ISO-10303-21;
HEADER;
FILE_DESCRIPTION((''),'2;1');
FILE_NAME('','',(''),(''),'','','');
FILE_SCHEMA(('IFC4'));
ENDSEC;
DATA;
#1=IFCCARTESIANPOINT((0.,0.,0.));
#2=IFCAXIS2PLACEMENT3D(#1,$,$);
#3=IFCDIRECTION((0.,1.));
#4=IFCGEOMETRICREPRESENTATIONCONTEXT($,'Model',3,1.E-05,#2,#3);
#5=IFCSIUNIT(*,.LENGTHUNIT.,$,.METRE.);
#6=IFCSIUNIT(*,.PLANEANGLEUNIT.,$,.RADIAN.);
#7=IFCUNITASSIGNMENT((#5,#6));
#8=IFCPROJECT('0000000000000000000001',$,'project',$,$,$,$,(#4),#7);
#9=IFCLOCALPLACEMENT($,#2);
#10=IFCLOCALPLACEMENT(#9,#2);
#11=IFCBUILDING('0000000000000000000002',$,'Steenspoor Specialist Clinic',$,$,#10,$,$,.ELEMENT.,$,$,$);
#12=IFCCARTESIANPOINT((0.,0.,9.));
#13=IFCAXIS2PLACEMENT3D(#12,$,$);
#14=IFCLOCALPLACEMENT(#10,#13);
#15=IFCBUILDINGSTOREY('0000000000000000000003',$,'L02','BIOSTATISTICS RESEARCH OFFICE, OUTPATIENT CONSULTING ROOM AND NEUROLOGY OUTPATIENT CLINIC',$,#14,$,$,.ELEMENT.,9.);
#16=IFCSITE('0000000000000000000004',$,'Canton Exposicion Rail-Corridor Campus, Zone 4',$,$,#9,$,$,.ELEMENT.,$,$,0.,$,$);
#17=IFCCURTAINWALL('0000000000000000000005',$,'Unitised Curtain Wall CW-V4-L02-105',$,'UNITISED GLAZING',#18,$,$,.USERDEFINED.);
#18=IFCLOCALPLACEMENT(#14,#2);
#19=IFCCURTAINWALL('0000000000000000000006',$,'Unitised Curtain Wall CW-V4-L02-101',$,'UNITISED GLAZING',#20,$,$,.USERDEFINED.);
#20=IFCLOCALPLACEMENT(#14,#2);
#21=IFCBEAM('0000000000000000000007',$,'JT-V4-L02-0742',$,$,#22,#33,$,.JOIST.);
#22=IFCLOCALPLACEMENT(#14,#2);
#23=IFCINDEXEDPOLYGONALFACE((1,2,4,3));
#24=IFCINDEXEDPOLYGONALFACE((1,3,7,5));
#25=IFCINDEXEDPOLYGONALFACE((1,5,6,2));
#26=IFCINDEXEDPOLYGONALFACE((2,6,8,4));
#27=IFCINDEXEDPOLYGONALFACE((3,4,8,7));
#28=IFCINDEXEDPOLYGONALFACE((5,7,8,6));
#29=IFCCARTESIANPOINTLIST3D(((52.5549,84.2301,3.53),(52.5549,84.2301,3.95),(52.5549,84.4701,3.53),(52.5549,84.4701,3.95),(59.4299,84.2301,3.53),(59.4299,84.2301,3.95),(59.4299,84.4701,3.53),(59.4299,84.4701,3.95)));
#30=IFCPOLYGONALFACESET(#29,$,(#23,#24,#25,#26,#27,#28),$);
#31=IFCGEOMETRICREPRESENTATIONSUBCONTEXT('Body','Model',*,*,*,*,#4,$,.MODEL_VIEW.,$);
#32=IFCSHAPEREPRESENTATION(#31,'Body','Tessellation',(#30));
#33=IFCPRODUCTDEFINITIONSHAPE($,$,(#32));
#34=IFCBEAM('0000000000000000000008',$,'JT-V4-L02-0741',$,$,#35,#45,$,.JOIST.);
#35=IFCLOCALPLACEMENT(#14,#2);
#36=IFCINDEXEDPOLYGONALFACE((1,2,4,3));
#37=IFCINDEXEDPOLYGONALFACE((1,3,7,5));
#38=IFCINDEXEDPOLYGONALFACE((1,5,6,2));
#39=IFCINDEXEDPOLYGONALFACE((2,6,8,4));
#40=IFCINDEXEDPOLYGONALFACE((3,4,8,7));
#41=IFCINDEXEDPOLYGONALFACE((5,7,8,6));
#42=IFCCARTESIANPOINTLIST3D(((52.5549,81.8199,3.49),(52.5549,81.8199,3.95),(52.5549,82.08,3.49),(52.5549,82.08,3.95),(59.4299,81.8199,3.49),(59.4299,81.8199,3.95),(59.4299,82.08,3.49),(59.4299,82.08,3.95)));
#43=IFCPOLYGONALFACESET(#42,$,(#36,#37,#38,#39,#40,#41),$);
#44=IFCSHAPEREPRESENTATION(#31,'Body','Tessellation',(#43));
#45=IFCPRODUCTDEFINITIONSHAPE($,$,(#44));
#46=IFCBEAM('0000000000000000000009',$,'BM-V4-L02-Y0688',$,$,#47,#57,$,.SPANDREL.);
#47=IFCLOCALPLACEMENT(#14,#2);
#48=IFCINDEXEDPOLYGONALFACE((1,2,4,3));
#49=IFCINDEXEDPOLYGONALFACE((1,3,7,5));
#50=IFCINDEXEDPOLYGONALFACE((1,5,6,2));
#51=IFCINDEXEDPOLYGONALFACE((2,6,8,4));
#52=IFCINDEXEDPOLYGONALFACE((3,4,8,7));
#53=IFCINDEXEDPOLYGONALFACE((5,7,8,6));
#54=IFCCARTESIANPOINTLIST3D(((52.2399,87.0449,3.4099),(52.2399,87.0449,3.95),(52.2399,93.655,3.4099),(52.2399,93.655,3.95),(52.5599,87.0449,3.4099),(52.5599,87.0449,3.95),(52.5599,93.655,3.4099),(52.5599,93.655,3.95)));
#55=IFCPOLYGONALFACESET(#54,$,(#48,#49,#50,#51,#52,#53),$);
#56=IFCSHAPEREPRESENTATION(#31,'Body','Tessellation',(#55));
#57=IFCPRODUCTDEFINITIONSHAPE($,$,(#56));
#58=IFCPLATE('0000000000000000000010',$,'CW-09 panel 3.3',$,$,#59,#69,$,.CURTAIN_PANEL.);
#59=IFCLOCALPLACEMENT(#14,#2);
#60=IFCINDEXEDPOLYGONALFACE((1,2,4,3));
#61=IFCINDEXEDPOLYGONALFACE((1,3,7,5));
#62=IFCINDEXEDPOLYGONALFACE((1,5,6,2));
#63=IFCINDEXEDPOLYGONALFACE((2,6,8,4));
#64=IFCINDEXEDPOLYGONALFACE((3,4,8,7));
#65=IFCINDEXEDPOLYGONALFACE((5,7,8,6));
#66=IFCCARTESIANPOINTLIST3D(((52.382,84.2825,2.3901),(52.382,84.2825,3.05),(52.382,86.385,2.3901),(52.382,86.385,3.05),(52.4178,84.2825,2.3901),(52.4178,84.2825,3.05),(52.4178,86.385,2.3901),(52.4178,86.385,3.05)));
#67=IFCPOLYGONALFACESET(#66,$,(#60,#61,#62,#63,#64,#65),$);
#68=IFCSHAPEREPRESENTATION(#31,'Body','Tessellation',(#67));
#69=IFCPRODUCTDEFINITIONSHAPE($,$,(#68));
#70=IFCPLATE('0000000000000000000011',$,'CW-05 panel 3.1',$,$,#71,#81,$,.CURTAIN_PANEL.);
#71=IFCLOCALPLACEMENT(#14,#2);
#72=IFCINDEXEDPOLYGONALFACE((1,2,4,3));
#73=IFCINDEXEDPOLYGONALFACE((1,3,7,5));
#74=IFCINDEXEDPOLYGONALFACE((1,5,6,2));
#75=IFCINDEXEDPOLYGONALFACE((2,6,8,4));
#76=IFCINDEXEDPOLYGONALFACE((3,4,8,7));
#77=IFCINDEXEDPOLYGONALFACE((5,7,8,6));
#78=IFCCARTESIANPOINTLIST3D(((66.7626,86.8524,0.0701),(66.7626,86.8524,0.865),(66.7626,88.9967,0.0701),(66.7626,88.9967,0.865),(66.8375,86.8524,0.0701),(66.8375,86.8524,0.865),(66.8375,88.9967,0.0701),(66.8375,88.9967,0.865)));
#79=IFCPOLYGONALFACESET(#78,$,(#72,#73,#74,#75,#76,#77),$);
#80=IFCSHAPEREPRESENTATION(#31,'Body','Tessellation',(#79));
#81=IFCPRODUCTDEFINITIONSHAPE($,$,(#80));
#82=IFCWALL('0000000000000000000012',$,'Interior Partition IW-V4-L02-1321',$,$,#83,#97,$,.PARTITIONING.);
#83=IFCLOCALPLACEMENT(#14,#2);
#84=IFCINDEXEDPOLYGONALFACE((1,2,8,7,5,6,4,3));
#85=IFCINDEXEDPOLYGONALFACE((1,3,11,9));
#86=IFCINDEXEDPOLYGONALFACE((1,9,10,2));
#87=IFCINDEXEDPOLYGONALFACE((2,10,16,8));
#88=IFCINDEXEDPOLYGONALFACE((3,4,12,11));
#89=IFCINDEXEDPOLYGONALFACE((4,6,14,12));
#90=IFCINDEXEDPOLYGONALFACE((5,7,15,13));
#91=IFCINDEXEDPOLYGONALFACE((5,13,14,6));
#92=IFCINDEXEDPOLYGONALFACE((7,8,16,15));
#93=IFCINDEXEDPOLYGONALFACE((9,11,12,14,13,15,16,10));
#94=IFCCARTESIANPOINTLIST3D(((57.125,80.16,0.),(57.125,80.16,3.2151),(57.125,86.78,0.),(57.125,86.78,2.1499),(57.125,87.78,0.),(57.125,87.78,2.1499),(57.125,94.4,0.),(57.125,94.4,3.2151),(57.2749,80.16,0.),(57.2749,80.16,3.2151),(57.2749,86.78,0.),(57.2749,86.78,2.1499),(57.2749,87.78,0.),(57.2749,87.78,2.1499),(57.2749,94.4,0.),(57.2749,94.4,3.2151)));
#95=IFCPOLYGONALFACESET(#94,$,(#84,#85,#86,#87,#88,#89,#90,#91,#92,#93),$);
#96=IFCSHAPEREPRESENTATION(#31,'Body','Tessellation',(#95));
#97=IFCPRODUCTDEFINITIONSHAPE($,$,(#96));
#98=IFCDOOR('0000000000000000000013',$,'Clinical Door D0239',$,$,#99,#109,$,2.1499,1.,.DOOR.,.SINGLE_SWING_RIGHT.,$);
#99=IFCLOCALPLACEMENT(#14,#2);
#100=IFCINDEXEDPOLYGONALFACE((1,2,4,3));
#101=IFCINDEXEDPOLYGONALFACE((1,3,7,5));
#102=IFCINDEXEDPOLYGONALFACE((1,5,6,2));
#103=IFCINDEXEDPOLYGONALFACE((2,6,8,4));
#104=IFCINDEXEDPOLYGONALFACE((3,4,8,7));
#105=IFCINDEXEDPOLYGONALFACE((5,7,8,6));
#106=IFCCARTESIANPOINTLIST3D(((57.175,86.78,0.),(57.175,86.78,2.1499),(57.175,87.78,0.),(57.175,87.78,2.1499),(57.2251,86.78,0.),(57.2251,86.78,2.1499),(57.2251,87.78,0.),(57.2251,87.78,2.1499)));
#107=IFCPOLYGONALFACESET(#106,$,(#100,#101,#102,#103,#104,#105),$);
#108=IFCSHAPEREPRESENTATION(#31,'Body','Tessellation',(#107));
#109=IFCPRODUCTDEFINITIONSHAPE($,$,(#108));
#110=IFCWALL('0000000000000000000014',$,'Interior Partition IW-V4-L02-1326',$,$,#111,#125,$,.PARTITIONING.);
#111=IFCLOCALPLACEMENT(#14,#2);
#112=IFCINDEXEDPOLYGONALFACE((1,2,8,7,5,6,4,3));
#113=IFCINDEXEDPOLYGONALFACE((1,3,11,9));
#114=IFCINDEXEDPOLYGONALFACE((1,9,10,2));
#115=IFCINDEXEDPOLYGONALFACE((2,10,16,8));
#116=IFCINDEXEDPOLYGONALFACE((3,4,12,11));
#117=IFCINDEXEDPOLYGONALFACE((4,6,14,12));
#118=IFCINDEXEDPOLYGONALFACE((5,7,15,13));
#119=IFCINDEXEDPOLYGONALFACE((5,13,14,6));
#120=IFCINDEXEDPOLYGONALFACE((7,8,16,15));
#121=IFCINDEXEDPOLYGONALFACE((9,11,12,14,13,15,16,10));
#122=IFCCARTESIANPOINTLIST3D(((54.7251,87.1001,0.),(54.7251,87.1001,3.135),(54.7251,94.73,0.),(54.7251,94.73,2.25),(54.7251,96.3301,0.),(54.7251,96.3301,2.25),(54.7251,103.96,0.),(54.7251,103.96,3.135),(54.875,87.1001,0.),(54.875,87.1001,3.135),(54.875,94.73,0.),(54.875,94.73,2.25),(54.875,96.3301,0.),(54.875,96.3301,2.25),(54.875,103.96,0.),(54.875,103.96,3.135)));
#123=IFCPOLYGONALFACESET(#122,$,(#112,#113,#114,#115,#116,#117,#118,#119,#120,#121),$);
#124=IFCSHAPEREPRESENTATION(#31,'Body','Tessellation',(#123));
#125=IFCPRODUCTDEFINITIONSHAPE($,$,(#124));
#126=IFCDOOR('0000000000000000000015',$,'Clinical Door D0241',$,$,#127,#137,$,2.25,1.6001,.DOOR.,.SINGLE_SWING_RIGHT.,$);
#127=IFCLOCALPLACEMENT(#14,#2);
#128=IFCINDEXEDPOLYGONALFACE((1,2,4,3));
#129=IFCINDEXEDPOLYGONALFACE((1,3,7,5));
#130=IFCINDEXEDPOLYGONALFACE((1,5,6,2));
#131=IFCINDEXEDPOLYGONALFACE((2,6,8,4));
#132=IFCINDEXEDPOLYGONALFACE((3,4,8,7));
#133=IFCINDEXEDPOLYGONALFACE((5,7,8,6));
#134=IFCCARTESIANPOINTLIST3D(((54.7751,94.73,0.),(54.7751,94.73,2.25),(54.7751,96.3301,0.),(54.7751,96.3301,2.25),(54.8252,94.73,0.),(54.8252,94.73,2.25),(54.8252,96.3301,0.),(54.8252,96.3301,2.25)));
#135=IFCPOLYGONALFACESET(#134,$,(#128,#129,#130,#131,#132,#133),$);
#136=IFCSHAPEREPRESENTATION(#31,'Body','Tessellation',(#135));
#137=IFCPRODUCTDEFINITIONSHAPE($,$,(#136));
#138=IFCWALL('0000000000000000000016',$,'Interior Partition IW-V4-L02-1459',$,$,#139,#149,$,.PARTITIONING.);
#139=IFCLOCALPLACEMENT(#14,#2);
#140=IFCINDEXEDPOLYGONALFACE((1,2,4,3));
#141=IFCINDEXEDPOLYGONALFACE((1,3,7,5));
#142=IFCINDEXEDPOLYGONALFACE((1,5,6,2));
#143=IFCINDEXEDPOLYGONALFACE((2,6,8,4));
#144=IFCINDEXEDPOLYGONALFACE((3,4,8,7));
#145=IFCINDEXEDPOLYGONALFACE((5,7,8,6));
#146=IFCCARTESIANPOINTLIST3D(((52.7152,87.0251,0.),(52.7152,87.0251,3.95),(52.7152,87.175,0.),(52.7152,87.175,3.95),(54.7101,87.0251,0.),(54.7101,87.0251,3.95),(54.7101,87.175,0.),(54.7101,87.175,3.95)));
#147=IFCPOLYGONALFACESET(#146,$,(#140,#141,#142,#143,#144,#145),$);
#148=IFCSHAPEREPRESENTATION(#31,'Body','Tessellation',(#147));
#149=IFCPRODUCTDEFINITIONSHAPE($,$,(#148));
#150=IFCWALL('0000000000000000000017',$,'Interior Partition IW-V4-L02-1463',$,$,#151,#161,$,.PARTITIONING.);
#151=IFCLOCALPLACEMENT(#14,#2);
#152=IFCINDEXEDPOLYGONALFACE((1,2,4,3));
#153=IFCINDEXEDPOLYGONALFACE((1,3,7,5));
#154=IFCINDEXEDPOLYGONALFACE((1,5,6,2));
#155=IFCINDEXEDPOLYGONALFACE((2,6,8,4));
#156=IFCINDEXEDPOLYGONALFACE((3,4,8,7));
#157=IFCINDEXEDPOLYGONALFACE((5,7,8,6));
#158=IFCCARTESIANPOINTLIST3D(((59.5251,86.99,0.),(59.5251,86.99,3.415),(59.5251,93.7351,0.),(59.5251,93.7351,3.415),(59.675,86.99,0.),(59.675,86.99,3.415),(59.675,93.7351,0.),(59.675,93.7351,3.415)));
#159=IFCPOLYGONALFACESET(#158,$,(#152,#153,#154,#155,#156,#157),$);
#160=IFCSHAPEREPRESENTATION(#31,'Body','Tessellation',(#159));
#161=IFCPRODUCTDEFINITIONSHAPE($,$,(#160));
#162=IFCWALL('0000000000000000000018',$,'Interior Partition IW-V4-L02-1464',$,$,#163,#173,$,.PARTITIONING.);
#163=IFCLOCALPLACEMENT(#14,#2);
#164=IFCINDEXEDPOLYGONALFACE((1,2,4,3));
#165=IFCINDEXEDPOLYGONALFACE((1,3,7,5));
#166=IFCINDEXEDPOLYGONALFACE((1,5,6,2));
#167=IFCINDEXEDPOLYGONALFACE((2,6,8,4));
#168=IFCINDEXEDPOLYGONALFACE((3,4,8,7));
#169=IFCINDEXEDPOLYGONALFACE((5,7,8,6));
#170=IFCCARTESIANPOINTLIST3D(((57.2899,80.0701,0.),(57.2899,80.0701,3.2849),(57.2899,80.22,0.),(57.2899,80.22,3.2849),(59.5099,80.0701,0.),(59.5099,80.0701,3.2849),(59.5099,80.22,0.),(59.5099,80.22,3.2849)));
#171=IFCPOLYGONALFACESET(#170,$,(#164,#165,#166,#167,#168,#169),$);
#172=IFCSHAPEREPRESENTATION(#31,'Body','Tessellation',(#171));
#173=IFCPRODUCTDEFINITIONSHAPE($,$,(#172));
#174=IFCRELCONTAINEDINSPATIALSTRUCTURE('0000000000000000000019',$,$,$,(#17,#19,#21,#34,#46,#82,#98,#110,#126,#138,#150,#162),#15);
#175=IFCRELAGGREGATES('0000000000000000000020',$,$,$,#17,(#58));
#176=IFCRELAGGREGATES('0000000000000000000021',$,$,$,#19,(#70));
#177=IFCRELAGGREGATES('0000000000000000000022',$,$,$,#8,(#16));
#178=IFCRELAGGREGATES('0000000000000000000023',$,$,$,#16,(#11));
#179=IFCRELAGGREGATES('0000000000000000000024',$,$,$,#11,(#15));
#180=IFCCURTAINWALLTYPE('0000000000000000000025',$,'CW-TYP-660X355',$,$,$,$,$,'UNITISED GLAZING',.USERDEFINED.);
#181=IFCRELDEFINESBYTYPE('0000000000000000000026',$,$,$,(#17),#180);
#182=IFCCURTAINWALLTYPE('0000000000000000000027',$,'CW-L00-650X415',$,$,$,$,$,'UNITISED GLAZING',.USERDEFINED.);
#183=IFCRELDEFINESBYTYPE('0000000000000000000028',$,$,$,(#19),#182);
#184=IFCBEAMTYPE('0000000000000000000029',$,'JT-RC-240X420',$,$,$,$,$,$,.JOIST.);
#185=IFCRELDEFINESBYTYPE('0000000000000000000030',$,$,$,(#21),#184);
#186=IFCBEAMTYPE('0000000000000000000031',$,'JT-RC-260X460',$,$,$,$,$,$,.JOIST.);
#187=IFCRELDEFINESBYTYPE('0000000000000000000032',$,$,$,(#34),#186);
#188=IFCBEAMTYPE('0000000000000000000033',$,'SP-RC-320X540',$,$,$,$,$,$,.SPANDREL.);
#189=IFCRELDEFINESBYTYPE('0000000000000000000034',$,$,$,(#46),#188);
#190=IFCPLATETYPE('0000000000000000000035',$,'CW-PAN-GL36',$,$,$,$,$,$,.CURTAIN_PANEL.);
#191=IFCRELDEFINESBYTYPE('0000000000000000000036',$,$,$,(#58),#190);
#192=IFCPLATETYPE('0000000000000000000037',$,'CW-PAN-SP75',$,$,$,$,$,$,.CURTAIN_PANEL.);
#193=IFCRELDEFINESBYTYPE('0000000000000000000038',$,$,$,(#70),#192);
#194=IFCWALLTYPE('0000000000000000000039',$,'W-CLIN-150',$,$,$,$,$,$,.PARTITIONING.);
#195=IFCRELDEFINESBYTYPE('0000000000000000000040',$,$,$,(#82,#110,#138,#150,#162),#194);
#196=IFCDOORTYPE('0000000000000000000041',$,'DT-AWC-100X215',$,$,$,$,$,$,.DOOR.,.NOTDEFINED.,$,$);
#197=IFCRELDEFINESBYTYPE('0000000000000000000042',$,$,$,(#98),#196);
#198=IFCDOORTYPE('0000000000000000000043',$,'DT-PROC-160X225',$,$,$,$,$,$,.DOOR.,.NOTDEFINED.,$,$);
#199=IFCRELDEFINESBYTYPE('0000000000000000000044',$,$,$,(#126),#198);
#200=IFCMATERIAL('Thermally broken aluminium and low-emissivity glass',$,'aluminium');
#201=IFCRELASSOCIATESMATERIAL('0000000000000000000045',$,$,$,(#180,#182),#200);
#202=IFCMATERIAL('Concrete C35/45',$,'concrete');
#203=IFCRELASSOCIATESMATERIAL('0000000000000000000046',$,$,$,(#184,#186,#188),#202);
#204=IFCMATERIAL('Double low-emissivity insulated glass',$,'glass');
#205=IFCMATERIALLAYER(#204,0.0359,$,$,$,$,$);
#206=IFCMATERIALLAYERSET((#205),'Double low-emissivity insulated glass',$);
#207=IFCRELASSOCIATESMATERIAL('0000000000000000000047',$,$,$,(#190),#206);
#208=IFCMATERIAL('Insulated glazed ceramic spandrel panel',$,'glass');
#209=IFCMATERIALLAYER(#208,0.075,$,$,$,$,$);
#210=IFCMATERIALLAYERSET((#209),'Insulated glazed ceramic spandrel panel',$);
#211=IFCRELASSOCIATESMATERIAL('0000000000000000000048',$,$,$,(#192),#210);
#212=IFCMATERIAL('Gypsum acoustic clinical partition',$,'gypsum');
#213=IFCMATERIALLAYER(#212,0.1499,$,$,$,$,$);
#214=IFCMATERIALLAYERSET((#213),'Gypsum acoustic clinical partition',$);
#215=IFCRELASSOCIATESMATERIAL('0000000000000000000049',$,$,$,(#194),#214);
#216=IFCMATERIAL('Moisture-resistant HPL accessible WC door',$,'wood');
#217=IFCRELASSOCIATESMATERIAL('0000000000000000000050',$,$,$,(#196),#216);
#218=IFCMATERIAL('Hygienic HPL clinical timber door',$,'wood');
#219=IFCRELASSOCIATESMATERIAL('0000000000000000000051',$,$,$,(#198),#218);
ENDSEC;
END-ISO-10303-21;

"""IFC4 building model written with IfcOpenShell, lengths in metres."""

from ifc_helpers import new_model, si_unit, direction, frame, frame_2d, origin, origin_2d, place, context, subcontext, project, spatial, rectangle, extrude, material, layer, layer_set, material_profile, profile_set, type_object, element, fill, aggregate, save


model = new_model("IFC4")

# Units and contexts
model_context = context("Model", 3, precision=1e-05, world=origin(), true_north=direction((0.0, 1.0)))
body_context = subcontext(model_context, "Body", "Model", "MODEL_VIEW")
ifc_project = project(units=[si_unit("LENGTHUNIT", "METRE"), si_unit("PLANEANGLEUNIT", "RADIAN")], contexts=[model_context])

# Site, building, storey
site_placement = place(None, origin())
site = spatial("IfcSite", under=ifc_project, at=site_placement, Name="Canton Exposicion Rail-Corridor Campus, Zone 4", CompositionType="ELEMENT", RefElevation=0.0)
building_placement = place(site_placement, origin())
building = spatial("IfcBuilding", under=site, at=building_placement, Name="Steenspoor Specialist Clinic", CompositionType="ELEMENT")
storey_placement = place(building_placement, frame((0.0, 0.0, 9.0)))
storey = spatial("IfcBuildingStorey", under=building, at=storey_placement, Name="L02", Description="BIOSTATISTICS RESEARCH OFFICE, OUTPATIENT CONSULTING ROOM AND NEUROLOGY OUTPATIENT CLINIC", CompositionType="ELEMENT", Elevation=9.0)

# Shared definitions
ifc_material_1 = material(Name="Concrete C35/45", Category="concrete")

# Curtain walls
ifc_material_2 = material(Name="Thermally broken aluminium and low-emissivity glass", Category="aluminium")
curtain_wall_type_1 = type_object("IfcCurtainWallType", Name="CW-TYP-660X355", ElementType="UNITISED GLAZING", PredefinedType="USERDEFINED", material=ifc_material_2)
curtain_wall_1_placement = place(storey_placement, origin())
curtain_wall_1 = element("IfcCurtainWall", 1, at=curtain_wall_1_placement, inside=storey, type_object=curtain_wall_type_1, Name="Unitised Curtain Wall CW-V4-L02-105", ObjectType="UNITISED GLAZING", PredefinedType="USERDEFINED")
curtain_wall_type_2 = type_object("IfcCurtainWallType", Name="CW-L00-650X415", ElementType="UNITISED GLAZING", PredefinedType="USERDEFINED", material=ifc_material_2)
curtain_wall_2_placement = place(storey_placement, origin())
curtain_wall_2 = element("IfcCurtainWall", 2, at=curtain_wall_2_placement, inside=storey, type_object=curtain_wall_type_2, Name="Unitised Curtain Wall CW-V4-L02-101", ObjectType="UNITISED GLAZING", PredefinedType="USERDEFINED")

# Beams
ifc_material_profile_1 = material_profile(ifc_material_1, rectangle(XDim=0.24, YDim=0.4199, at=origin_2d()), Name="RC-JT-240X420")
ifc_profile_set_1 = profile_set([ifc_material_profile_1], Name="Concrete C35/45")
beam_type_1 = type_object("IfcBeamType", Name="JT-RC-240X420", PredefinedType="JOIST", material=ifc_profile_set_1)
beam_1_placement = place(storey_placement, frame((52.5549, 84.3501, 3.74), z_axis=(1.0, 0.0, 0.0), x_axis=(0.0, 1.0, 0.0)))
element("IfcBeam", 3, at=beam_1_placement, inside=storey, type_object=beam_type_1, Name="JT-V4-L02-0742", PredefinedType="JOIST", context=body_context, shape_type="SweptSolid", body=[
    extrude(rectangle(XDim=0.24, YDim=0.4199, at=origin_2d()), origin(), (0.0, 0.0, 1.0), 6.875),
])
ifc_material_profile_2 = material_profile(ifc_material_1, rectangle(XDim=0.26, YDim=0.46, at=origin_2d()), Name="RC-JT-260X460")
ifc_profile_set_2 = profile_set([ifc_material_profile_2], Name="Concrete C35/45")
beam_type_2 = type_object("IfcBeamType", Name="JT-RC-260X460", PredefinedType="JOIST", material=ifc_profile_set_2)
beam_2_placement = place(storey_placement, frame((52.5549, 81.95, 3.72), z_axis=(1.0, 0.0, 0.0), x_axis=(0.0, 1.0, 0.0)))
element("IfcBeam", 4, at=beam_2_placement, inside=storey, type_object=beam_type_2, Name="JT-V4-L02-0741", PredefinedType="JOIST", context=body_context, shape_type="SweptSolid", body=[
    extrude(rectangle(XDim=0.26, YDim=0.46, at=origin_2d()), origin(), (0.0, 0.0, 1.0), 6.875),
])
ifc_material_profile_3 = material_profile(ifc_material_1, rectangle(XDim=0.3201, YDim=0.54, at=origin_2d()), Name="RC-SP-320X540")
ifc_profile_set_3 = profile_set([ifc_material_profile_3], Name="Concrete C35/45")
beam_type_3 = type_object("IfcBeamType", Name="SP-RC-320X540", PredefinedType="SPANDREL", material=ifc_profile_set_3)
beam_3_placement = place(storey_placement, frame((52.3999, 87.0449, 3.6799), z_axis=(0.0, 1.0, 0.0), x_axis=(-1.0, 0.0, 0.0)))
element("IfcBeam", 5, at=beam_3_placement, inside=storey, type_object=beam_type_3, Name="BM-V4-L02-Y0688", PredefinedType="SPANDREL", context=body_context, shape_type="SweptSolid", body=[
    extrude(rectangle(XDim=0.3201, YDim=0.54, at=origin_2d()), origin(), (0.0, 0.0, 1.0), 6.6101),
])

# Plates
ifc_material_3 = material(Name="Double low-emissivity insulated glass", Category="glass")
ifc_layer_1 = layer(ifc_material_3, 0.0359)
ifc_layer_set_1 = layer_set([ifc_layer_1], Name="Double low-emissivity insulated glass")
plate_type_1 = type_object("IfcPlateType", Name="CW-PAN-GL36", PredefinedType="CURTAIN_PANEL", material=ifc_layer_set_1)
plate_1_placement = place(storey_placement, frame((52.3999, 85.3337, 2.3901), z_axis=(0.0, 0.0, 1.0), x_axis=(0.0, 1.0, 0.0)))
plate_1 = element("IfcPlate", 6, at=plate_1_placement, type_object=plate_type_1, Name="CW-09 panel 3.3", PredefinedType="CURTAIN_PANEL", context=body_context, shape_type="SweptSolid", body=[
    extrude(rectangle(XDim=2.1025, YDim=0.0359, at=origin_2d()), origin(), (0.0, 0.0, 1.0), 0.6599),
])
aggregate(curtain_wall_1, [plate_1])
ifc_material_4 = material(Name="Insulated glazed ceramic spandrel panel", Category="glass")
ifc_layer_2 = layer(ifc_material_4, 0.075)
ifc_layer_set_2 = layer_set([ifc_layer_2], Name="Insulated glazed ceramic spandrel panel")
plate_type_2 = type_object("IfcPlateType", Name="CW-PAN-SP75", PredefinedType="CURTAIN_PANEL", material=ifc_layer_set_2)
plate_2_placement = place(storey_placement, frame((66.8, 87.9246, 0.0701), z_axis=(0.0, 0.0, 1.0), x_axis=(0.0, -1.0, 0.0)))
plate_2 = element("IfcPlate", 7, at=plate_2_placement, type_object=plate_type_2, Name="CW-05 panel 3.1", PredefinedType="CURTAIN_PANEL", context=body_context, shape_type="SweptSolid", body=[
    extrude(rectangle(XDim=2.1443, YDim=0.075, at=origin_2d()), origin(), (0.0, 0.0, 1.0), 0.7949),
])
aggregate(curtain_wall_2, [plate_2])

# Walls, openings, doors
ifc_material_5 = material(Name="Gypsum acoustic clinical partition", Category="gypsum")
ifc_layer_3 = layer(ifc_material_5, 0.1499)
ifc_layer_set_3 = layer_set([ifc_layer_3], Name="Gypsum acoustic clinical partition")
wall_type_1 = type_object("IfcWallType", Name="W-CLIN-150", PredefinedType="PARTITIONING", material=ifc_layer_set_3)
wall_1_placement = place(storey_placement, frame((57.2, 80.1599, 0.0), z_axis=(0.0, 0.0, 1.0), x_axis=(0.0, 1.0, 0.0)))
wall_1 = element("IfcWall", 8, at=wall_1_placement, inside=storey, type_object=wall_type_1, Name="Interior Partition IW-V4-L02-1321", PredefinedType="PARTITIONING", context=body_context, shape_type="SweptSolid", body=[
    extrude(rectangle(XDim=14.24, YDim=0.1499, at=frame_2d((7.1201, 0.0))), origin(), (0.0, 0.0, 1.0), 3.2151),
])
opening_1_placement = place(wall_1_placement, frame((6.6201, 0.0, 0.0)))
opening_1 = element("IfcOpeningElement", 9, at=opening_1_placement, cuts=wall_1, PredefinedType="OPENING", context=body_context, shape_type="SweptSolid", body=[
    extrude(rectangle(XDim=1.0, YDim=2.1499, at=frame_2d((0.5, 1.075))), frame((0.0, 0.085, 0.0), z_axis=(0.0, -1.0, 0.0), x_axis=(1.0, 0.0, 0.0)), (0.0, 0.0, 1.0), 0.1699),
])
ifc_material_6 = material(Name="Moisture-resistant HPL accessible WC door", Category="wood")
door_type_1 = type_object("IfcDoorType", Name="DT-AWC-100X215", OperationType="NOTDEFINED", PredefinedType="DOOR", material=ifc_material_6)
door_1_placement = place(opening_1_placement, origin())
door_1 = element("IfcDoor", 10, at=door_1_placement, inside=storey, type_object=door_type_1, Name="Clinical Door D0239", OperationType="SINGLE_SWING_RIGHT", OverallHeight=2.1499, OverallWidth=1.0, PredefinedType="DOOR", context=body_context, shape_type="SweptSolid", body=[
    extrude(rectangle(XDim=1.0, YDim=2.1499, at=frame_2d((0.5, 1.075))), frame((0.0, 0.0249, 0.0), z_axis=(0.0, -1.0, 0.0), x_axis=(1.0, 0.0, 0.0)), (0.0, 0.0, 1.0), 0.05),
])
fill(opening_1, door_1)
wall_2_placement = place(storey_placement, frame((54.8, 87.1001, 0.0), z_axis=(0.0, 0.0, 1.0), x_axis=(0.0, 1.0, 0.0)))
wall_2 = element("IfcWall", 11, at=wall_2_placement, inside=storey, type_object=wall_type_1, Name="Interior Partition IW-V4-L02-1326", PredefinedType="PARTITIONING", context=body_context, shape_type="SweptSolid", body=[
    extrude(rectangle(XDim=16.8599, YDim=0.1499, at=frame_2d((8.4299, 0.0))), origin(), (0.0, 0.0, 1.0), 3.135),
])
opening_2_placement = place(wall_2_placement, frame((7.6299, 0.0, 0.0)))
opening_2 = element("IfcOpeningElement", 12, at=opening_2_placement, cuts=wall_2, PredefinedType="OPENING", context=body_context, shape_type="SweptSolid", body=[
    extrude(rectangle(XDim=1.6001, YDim=2.25, at=frame_2d((0.8, 1.125))), frame((0.0, 0.085, 0.0), z_axis=(0.0, -1.0, 0.0), x_axis=(1.0, 0.0, 0.0)), (0.0, 0.0, 1.0), 0.1699),
])
ifc_material_7 = material(Name="Hygienic HPL clinical timber door", Category="wood")
door_type_2 = type_object("IfcDoorType", Name="DT-PROC-160X225", OperationType="NOTDEFINED", PredefinedType="DOOR", material=ifc_material_7)
door_2_placement = place(opening_2_placement, origin())
door_2 = element("IfcDoor", 13, at=door_2_placement, inside=storey, type_object=door_type_2, Name="Clinical Door D0241", OperationType="SINGLE_SWING_RIGHT", OverallHeight=2.25, OverallWidth=1.6001, PredefinedType="DOOR", context=body_context, shape_type="SweptSolid", body=[
    extrude(rectangle(XDim=1.6001, YDim=2.25, at=frame_2d((0.8, 1.125))), frame((0.0, 0.0249, 0.0), z_axis=(0.0, -1.0, 0.0), x_axis=(1.0, 0.0, 0.0)), (0.0, 0.0, 1.0), 0.05),
])
fill(opening_2, door_2)

# Walls
wall_3_placement = place(storey_placement, frame((52.7151, 87.1001, 0.0), z_axis=(0.0, 0.0, 1.0), x_axis=(1.0, 0.0, 0.0)))
element("IfcWall", 14, at=wall_3_placement, inside=storey, type_object=wall_type_1, Name="Interior Partition IW-V4-L02-1459", PredefinedType="PARTITIONING", context=body_context, shape_type="SweptSolid", body=[
    extrude(rectangle(XDim=1.9949, YDim=0.1499, at=frame_2d((0.9976, 0.0))), origin(), (0.0, 0.0, 1.0), 3.95),
])
wall_4_placement = place(storey_placement, frame((59.6001, 86.99, 0.0), z_axis=(0.0, 0.0, 1.0), x_axis=(0.0, 1.0, 0.0)))
element("IfcWall", 15, at=wall_4_placement, inside=storey, type_object=wall_type_1, Name="Interior Partition IW-V4-L02-1463", PredefinedType="PARTITIONING", context=body_context, shape_type="SweptSolid", body=[
    extrude(rectangle(XDim=6.7451, YDim=0.1499, at=frame_2d((3.3726, 0.0))), origin(), (0.0, 0.0, 1.0), 3.415),
])
wall_5_placement = place(storey_placement, frame((57.29, 80.145, 0.0), z_axis=(0.0, 0.0, 1.0), x_axis=(1.0, 0.0, 0.0)))
element("IfcWall", 16, at=wall_5_placement, inside=storey, type_object=wall_type_1, Name="Interior Partition IW-V4-L02-1464", PredefinedType="PARTITIONING", context=body_context, shape_type="SweptSolid", body=[
    extrude(rectangle(XDim=2.22, YDim=0.1499, at=frame_2d((1.1099, 0.0))), origin(), (0.0, 0.0, 1.0), 3.2849),
])

save(model, "model.ifc")
